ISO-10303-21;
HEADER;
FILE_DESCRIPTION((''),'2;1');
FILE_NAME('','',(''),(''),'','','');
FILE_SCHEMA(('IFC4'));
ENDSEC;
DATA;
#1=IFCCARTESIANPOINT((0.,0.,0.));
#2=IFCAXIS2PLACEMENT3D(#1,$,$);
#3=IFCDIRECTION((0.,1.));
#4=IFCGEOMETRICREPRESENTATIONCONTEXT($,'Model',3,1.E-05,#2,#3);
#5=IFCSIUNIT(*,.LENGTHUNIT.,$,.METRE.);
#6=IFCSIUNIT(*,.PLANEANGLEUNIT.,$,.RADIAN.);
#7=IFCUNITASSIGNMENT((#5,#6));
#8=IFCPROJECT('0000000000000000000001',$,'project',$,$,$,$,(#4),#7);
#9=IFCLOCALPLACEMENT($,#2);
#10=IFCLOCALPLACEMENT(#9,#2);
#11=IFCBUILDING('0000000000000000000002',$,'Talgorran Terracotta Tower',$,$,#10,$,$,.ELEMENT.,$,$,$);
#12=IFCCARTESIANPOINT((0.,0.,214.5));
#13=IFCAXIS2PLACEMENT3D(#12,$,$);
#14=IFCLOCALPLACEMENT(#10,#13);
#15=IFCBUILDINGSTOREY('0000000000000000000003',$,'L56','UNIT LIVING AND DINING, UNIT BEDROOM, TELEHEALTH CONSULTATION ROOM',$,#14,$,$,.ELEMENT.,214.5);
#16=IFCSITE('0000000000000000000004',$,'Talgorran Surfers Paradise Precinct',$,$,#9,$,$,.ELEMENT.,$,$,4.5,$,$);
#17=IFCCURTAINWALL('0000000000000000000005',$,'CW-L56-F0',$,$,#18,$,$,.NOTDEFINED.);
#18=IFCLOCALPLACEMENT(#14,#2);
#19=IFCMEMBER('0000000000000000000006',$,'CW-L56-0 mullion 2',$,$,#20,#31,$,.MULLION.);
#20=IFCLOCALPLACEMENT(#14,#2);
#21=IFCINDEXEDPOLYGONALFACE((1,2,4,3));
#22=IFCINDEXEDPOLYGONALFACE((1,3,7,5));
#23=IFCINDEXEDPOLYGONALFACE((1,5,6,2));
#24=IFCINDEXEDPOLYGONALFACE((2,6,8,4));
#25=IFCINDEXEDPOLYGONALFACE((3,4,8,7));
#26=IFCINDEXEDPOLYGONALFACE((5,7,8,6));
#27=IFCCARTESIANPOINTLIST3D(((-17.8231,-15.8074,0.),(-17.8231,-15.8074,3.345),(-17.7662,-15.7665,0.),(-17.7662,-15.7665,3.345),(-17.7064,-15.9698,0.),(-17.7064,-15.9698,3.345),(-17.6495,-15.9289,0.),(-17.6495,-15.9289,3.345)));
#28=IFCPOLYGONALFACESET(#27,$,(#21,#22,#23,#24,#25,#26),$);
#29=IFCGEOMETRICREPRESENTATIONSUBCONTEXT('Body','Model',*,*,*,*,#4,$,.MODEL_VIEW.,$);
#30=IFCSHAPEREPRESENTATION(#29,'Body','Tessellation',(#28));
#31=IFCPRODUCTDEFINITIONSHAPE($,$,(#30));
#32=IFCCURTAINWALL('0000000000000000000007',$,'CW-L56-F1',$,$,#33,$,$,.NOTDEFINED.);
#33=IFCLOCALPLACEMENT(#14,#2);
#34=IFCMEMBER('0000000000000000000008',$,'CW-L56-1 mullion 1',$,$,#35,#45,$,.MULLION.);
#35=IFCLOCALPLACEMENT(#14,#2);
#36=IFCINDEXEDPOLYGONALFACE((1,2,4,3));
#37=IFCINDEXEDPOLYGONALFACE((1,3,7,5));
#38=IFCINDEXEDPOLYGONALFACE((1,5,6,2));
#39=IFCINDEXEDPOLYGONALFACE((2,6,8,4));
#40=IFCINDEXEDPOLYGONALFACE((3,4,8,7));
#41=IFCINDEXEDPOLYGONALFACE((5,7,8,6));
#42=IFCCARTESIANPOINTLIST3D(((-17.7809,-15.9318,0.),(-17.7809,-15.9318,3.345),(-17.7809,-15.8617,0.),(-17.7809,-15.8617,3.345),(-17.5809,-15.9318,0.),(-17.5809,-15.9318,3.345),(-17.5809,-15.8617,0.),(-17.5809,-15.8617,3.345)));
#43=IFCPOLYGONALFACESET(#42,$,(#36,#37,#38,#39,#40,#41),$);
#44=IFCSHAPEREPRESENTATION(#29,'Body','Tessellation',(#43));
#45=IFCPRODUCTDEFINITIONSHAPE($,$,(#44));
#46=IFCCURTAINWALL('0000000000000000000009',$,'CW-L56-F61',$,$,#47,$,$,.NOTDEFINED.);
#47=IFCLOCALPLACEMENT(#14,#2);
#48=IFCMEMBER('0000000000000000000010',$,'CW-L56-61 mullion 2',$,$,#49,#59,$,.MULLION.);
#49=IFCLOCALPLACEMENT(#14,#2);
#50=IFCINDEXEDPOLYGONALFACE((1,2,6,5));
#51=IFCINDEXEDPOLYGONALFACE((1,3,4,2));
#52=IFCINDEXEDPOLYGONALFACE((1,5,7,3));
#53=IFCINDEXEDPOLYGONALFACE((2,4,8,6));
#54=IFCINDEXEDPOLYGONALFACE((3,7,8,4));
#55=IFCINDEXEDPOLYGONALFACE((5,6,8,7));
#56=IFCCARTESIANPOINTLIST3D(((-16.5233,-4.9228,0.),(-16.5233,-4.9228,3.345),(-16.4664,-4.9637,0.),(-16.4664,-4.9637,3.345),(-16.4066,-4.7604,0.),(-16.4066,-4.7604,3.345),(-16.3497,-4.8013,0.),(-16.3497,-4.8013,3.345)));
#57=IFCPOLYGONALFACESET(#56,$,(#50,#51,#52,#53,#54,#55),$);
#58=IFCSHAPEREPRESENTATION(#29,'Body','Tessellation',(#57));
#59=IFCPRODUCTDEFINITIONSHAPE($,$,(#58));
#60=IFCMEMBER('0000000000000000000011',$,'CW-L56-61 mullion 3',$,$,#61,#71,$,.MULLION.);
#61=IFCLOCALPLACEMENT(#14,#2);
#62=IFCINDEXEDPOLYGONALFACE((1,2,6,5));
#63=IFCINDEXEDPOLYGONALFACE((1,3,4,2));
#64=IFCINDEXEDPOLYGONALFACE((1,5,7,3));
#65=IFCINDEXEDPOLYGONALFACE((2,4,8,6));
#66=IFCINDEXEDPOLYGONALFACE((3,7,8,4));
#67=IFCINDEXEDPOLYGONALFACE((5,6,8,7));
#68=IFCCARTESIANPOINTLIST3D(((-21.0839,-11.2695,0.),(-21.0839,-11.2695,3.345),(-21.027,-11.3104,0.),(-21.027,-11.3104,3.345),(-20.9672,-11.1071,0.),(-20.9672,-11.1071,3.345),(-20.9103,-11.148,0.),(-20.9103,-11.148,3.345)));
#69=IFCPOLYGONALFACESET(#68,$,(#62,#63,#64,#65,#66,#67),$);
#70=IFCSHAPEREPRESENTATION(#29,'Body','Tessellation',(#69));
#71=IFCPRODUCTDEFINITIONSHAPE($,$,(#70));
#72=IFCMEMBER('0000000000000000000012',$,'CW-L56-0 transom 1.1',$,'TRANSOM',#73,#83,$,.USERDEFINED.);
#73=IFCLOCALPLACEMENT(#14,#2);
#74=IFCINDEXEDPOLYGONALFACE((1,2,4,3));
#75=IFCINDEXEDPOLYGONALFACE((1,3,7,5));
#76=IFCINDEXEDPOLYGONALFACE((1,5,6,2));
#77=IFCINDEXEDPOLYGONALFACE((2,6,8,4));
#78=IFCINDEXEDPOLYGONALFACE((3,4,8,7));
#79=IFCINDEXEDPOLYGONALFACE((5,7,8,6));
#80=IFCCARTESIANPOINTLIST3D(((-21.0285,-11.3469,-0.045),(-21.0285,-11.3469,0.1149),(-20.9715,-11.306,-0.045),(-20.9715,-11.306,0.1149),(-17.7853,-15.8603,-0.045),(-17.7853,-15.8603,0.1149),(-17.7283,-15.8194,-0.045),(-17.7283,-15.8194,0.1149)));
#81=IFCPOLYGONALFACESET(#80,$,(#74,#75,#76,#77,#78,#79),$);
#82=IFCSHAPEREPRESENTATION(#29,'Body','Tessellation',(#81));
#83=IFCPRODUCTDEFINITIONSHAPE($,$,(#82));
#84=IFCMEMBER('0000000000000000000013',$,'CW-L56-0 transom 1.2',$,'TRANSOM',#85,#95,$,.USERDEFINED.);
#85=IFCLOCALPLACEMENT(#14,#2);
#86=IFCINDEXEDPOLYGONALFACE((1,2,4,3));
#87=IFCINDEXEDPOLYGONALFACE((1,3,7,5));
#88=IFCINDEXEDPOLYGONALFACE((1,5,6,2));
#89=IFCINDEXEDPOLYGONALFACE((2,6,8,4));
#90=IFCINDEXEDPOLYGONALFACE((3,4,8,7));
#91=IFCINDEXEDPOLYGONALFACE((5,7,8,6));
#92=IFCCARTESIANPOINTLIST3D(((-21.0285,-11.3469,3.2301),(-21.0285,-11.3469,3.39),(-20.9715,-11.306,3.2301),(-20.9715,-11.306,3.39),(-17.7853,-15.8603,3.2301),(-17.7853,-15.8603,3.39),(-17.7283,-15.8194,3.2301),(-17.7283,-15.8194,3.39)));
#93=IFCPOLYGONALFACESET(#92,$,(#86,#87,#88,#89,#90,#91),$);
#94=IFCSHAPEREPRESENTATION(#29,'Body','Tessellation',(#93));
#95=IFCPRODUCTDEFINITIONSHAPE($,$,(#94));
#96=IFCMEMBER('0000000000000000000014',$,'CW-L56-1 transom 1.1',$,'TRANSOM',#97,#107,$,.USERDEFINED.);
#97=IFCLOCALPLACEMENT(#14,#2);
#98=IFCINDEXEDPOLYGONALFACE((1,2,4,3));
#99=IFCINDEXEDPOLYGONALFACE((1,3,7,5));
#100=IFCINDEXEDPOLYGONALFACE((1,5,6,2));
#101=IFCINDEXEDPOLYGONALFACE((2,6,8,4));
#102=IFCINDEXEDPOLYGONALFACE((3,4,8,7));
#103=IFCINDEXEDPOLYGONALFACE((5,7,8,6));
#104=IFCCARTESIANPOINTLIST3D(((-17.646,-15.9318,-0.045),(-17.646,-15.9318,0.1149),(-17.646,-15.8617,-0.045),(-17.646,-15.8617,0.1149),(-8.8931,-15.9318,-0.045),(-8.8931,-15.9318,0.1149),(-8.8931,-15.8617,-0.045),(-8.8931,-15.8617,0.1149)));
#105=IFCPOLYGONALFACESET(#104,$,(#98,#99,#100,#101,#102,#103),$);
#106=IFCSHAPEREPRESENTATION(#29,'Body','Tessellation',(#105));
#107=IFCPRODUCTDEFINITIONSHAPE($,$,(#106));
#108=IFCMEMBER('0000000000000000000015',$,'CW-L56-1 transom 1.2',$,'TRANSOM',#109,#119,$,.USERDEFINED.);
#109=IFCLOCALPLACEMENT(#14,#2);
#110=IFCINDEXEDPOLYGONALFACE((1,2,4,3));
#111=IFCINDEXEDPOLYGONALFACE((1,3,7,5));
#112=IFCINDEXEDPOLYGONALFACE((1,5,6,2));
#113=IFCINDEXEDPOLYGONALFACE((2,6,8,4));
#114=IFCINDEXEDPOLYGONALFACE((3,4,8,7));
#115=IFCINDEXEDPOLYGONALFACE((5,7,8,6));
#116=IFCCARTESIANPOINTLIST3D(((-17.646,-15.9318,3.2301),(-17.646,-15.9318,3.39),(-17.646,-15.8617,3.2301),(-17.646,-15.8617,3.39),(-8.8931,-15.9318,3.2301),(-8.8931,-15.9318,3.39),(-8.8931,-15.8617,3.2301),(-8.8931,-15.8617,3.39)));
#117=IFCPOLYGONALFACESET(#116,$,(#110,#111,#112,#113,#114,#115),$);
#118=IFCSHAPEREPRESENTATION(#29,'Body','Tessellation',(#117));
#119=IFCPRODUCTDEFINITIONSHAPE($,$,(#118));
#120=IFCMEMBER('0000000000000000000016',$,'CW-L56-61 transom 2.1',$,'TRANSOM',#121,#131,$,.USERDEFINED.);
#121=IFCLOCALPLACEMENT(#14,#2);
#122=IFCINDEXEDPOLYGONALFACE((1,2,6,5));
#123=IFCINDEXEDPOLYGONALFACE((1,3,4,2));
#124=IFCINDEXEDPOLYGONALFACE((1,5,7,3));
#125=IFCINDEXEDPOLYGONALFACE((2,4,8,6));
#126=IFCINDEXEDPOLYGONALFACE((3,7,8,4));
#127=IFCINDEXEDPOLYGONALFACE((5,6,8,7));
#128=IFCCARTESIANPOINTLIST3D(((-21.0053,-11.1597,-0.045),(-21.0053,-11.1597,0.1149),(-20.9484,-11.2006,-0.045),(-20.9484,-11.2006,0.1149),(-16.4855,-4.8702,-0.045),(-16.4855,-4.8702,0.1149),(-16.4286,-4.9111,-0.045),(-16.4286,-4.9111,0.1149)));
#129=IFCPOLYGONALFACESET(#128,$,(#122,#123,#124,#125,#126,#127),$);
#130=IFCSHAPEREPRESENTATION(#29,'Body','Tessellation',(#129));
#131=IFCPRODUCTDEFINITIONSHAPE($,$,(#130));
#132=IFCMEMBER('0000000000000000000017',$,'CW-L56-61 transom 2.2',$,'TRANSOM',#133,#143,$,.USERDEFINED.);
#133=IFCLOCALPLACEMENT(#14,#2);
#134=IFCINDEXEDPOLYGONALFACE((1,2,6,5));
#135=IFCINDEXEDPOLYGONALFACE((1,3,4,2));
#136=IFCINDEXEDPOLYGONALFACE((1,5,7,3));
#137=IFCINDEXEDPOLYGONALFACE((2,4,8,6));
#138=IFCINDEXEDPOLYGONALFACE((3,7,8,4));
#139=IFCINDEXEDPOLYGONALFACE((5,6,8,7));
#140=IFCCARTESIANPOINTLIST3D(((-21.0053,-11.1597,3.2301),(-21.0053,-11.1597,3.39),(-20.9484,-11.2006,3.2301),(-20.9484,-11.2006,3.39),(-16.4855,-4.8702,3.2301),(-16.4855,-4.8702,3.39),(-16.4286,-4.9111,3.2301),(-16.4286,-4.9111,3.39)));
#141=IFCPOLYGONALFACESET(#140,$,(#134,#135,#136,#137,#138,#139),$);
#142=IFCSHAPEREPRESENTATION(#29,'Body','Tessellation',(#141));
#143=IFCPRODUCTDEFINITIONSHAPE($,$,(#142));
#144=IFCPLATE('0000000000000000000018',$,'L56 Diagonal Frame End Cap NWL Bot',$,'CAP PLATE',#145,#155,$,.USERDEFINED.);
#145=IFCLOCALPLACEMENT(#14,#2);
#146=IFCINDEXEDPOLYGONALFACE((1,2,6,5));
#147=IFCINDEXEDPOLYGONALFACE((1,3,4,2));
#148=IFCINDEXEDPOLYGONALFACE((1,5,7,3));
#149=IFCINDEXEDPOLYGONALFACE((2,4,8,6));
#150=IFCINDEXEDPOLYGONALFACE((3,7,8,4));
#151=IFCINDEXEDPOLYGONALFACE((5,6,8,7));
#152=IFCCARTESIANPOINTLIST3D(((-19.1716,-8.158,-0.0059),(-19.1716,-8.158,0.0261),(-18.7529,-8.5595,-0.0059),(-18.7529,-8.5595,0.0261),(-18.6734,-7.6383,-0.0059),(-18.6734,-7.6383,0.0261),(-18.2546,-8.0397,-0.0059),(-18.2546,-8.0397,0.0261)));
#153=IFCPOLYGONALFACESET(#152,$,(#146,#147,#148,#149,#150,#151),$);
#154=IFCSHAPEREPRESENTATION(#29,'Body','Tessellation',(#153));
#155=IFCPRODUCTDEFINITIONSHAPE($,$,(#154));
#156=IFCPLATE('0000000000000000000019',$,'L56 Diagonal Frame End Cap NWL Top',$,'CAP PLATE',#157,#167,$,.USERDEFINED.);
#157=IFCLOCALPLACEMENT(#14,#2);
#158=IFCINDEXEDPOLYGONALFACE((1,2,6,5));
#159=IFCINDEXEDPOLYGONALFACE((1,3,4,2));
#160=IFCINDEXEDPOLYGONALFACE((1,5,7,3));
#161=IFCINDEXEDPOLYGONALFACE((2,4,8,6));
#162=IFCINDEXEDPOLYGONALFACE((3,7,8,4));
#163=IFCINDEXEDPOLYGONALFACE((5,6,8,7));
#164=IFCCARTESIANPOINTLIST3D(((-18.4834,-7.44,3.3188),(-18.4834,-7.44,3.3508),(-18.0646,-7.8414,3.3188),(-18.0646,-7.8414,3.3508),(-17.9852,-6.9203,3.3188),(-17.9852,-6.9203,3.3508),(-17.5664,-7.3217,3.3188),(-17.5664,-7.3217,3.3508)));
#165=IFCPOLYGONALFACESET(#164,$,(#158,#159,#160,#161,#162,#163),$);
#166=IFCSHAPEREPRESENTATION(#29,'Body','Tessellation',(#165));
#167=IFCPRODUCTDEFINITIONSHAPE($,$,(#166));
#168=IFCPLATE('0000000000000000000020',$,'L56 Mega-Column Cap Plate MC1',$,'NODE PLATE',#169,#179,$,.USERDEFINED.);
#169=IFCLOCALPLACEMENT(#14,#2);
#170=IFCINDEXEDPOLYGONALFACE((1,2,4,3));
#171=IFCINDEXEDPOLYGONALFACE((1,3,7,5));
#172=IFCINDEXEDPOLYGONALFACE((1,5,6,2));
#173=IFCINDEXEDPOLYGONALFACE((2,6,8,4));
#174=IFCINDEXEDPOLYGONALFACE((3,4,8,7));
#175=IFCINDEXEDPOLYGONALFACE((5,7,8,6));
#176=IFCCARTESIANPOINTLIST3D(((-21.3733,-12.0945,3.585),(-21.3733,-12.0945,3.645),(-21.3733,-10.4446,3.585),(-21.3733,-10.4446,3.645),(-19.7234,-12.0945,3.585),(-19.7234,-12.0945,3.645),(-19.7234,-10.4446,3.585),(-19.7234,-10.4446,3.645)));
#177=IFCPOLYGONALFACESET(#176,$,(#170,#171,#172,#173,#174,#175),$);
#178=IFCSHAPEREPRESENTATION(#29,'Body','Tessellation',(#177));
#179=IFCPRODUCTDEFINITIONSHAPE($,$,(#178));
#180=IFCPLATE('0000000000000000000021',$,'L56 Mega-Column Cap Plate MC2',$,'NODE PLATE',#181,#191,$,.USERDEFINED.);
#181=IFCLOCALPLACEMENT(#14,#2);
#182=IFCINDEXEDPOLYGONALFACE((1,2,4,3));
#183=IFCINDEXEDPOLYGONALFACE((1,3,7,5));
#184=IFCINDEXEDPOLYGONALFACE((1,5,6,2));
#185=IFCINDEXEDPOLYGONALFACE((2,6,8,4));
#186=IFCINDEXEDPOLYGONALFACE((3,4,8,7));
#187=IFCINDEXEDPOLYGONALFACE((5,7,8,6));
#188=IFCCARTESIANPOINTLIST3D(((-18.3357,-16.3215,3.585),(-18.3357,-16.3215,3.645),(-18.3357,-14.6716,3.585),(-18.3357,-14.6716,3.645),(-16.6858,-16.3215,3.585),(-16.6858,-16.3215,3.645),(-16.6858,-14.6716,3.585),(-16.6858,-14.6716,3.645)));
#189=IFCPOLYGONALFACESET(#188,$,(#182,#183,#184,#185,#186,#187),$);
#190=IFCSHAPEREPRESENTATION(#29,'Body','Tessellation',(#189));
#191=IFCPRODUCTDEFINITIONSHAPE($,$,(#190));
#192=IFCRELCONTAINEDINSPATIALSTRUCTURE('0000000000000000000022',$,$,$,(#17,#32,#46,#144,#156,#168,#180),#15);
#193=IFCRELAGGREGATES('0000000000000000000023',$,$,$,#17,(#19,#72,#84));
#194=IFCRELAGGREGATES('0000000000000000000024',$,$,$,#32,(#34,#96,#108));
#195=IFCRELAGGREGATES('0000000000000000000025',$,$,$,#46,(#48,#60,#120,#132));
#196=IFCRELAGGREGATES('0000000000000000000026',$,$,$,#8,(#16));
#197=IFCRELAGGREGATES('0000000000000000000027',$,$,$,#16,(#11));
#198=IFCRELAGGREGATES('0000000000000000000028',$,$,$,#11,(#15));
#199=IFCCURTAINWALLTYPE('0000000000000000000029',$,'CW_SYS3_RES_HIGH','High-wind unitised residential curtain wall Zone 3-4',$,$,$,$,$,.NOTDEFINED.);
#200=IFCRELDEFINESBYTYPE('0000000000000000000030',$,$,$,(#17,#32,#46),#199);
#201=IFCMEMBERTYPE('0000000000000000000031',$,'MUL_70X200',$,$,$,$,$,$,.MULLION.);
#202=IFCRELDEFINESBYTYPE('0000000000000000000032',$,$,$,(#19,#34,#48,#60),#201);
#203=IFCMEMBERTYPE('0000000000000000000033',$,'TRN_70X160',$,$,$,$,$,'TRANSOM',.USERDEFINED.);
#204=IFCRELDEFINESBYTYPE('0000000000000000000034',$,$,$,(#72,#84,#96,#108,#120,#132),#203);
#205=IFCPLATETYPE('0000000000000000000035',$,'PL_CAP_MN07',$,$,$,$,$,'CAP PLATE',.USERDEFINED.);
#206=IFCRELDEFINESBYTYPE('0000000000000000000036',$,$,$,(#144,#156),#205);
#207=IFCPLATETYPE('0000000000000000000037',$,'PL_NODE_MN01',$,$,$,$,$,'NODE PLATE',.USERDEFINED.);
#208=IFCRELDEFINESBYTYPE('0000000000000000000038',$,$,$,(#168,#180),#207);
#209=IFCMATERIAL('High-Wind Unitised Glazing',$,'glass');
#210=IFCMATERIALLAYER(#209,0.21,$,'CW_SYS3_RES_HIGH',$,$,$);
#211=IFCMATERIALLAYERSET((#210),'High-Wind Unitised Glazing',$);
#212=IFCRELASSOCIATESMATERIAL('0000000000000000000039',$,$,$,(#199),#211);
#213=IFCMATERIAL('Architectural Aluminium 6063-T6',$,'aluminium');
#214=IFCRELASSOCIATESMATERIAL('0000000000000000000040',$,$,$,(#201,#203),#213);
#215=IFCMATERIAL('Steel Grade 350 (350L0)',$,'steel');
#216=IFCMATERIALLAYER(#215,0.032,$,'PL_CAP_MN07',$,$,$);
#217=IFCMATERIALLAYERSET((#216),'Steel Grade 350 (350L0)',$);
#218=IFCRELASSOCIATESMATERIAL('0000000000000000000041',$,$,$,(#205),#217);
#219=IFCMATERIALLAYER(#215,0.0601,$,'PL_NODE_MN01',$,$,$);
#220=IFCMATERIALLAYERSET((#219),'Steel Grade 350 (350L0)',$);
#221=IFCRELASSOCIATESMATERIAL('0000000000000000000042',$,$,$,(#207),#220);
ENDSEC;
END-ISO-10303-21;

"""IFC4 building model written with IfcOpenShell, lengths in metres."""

from ifc_helpers import new_model, si_unit, direction, frame, origin, origin_2d, place, context, subcontext, project, spatial, rectangle, extrude, material, layer, layer_set, material_profile, profile_set, type_object, element, aggregate, save


model = new_model("IFC4")

# Units and contexts
model_context = context("Model", 3, precision=1e-05, world=origin(), true_north=direction((0.0, 1.0)))
body_context = subcontext(model_context, "Body", "Model", "MODEL_VIEW")
ifc_project = project(units=[si_unit("LENGTHUNIT", "METRE"), si_unit("PLANEANGLEUNIT", "RADIAN")], contexts=[model_context])

# Site, building, storey
site_placement = place(None, origin())
site = spatial("IfcSite", under=ifc_project, at=site_placement, Name="Talgorran Surfers Paradise Precinct", CompositionType="ELEMENT", RefElevation=4.5)
building_placement = place(site_placement, origin())
building = spatial("IfcBuilding", under=site, at=building_placement, Name="Talgorran Terracotta Tower", CompositionType="ELEMENT")
storey_placement = place(building_placement, frame((0.0, 0.0, 214.5)))
storey = spatial("IfcBuildingStorey", under=building, at=storey_placement, Name="L56", Description="UNIT LIVING AND DINING, UNIT BEDROOM, TELEHEALTH CONSULTATION ROOM", CompositionType="ELEMENT", Elevation=214.5)

# Shared definitions
ifc_material_1 = material(Name="Steel Grade 350 (350L0)", Category="steel")

# Curtain wall, member
ifc_material_2 = material(Name="High-Wind Unitised Glazing", Category="glass")
ifc_layer_1 = layer(ifc_material_2, 0.21, Name="CW_SYS3_RES_HIGH")
ifc_layer_set_1 = layer_set([ifc_layer_1], Name="High-Wind Unitised Glazing")
curtain_wall_type = type_object("IfcCurtainWallType", Name="CW_SYS3_RES_HIGH", Description="High-wind unitised residential curtain wall Zone 3-4", PredefinedType="NOTDEFINED", material=ifc_layer_set_1)
curtain_wall_1_placement = place(storey_placement, origin())
curtain_wall_1 = element("IfcCurtainWall", 1, at=curtain_wall_1_placement, inside=storey, type_object=curtain_wall_type, Name="CW-L56-F0", PredefinedType="NOTDEFINED")
ifc_material_3 = material(Name="Architectural Aluminium 6063-T6", Category="aluminium")
ifc_material_profile_1 = material_profile(ifc_material_3, rectangle(XDim=0.0701, YDim=0.2, at=origin_2d()), Name="CWM70X200")
ifc_profile_set_1 = profile_set([ifc_material_profile_1], Name="Architectural Aluminium 6063-T6")
member_type_1 = type_object("IfcMemberType", Name="MUL_70X200", PredefinedType="MULLION", material=ifc_profile_set_1)
member_1_placement = place(storey_placement, frame((-17.7363, -15.8682, 0.0), z_axis=(0.0, 0.0, 1.0), x_axis=(0.812076, 0.583552, 0.0)))
member_1 = element("IfcMember", 2, at=member_1_placement, type_object=member_type_1, Name="CW-L56-0 mullion 2", PredefinedType="MULLION", context=body_context, shape_type="SweptSolid", body=[
    extrude(rectangle(XDim=0.0701, YDim=0.2, at=origin_2d()), origin(), (0.0, 0.0, 1.0), 3.345),
])

# Curtain wall, member
curtain_wall_2_placement = place(storey_placement, origin())
curtain_wall_2 = element("IfcCurtainWall", 3, at=curtain_wall_2_placement, inside=storey, type_object=curtain_wall_type, Name="CW-L56-F1", PredefinedType="NOTDEFINED")
member_2_placement = place(storey_placement, frame((-17.6809, -15.8967, 0.0), z_axis=(0.0, 0.0, 1.0), x_axis=(0.0, 1.0, 0.0)))
member_2 = element("IfcMember", 4, at=member_2_placement, type_object=member_type_1, Name="CW-L56-1 mullion 1", PredefinedType="MULLION", context=body_context, shape_type="SweptSolid", body=[
    extrude(rectangle(XDim=0.0701, YDim=0.2, at=origin_2d()), origin(), (0.0, 0.0, 1.0), 3.345),
])

# Curtain wall, members
curtain_wall_3_placement = place(storey_placement, origin())
curtain_wall_3 = element("IfcCurtainWall", 5, at=curtain_wall_3_placement, inside=storey, type_object=curtain_wall_type, Name="CW-L56-F61", PredefinedType="NOTDEFINED")
member_3_placement = place(storey_placement, frame((-16.4365, -4.8621, 0.0), z_axis=(0.0, 0.0, 1.0), x_axis=(0.812075, -0.583552, 0.0)))
member_3 = element("IfcMember", 6, at=member_3_placement, type_object=member_type_1, Name="CW-L56-61 mullion 2", PredefinedType="MULLION", context=body_context, shape_type="SweptSolid", body=[
    extrude(rectangle(XDim=0.0701, YDim=0.2, at=origin_2d()), origin(), (0.0, 0.0, 1.0), 3.345),
])
member_4_placement = place(storey_placement, frame((-20.9971, -11.2087, 0.0), z_axis=(0.0, 0.0, 1.0), x_axis=(0.812075, -0.583552, 0.0)))
member_4 = element("IfcMember", 7, at=member_4_placement, type_object=member_type_1, Name="CW-L56-61 mullion 3", PredefinedType="MULLION", context=body_context, shape_type="SweptSolid", body=[
    extrude(rectangle(XDim=0.0701, YDim=0.2, at=origin_2d()), origin(), (0.0, 0.0, 1.0), 3.345),
])

# Members
ifc_material_profile_2 = material_profile(ifc_material_3, rectangle(XDim=0.0701, YDim=0.1599, at=origin_2d()), Name="CWT70X160")
ifc_profile_set_2 = profile_set([ifc_material_profile_2], Name="Architectural Aluminium 6063-T6")
member_type_2 = type_object("IfcMemberType", Name="TRN_70X160", ElementType="TRANSOM", PredefinedType="USERDEFINED", material=ifc_profile_set_2)
member_5_placement = place(storey_placement, frame((-21.0, -11.3264, 0.0349), z_axis=(0.583534, -0.812089, 0.0), x_axis=(0.812089, 0.583534, 0.0)))
member_5 = element("IfcMember", 8, at=member_5_placement, type_object=member_type_2, Name="CW-L56-0 transom 1.1", ObjectType="TRANSOM", PredefinedType="USERDEFINED", context=body_context, shape_type="SweptSolid", body=[
    extrude(rectangle(XDim=0.0701, YDim=0.1599, at=origin_2d()), origin(), (0.0, 0.0, 1.0), 5.5579),
])
member_6_placement = place(storey_placement, frame((-21.0, -11.3264, 3.3101), z_axis=(0.583534, -0.812089, 0.0), x_axis=(0.812089, 0.583534, 0.0)))
member_6 = element("IfcMember", 9, at=member_6_placement, type_object=member_type_2, Name="CW-L56-0 transom 1.2", ObjectType="TRANSOM", PredefinedType="USERDEFINED", context=body_context, shape_type="SweptSolid", body=[
    extrude(rectangle(XDim=0.0701, YDim=0.1599, at=origin_2d()), origin(), (0.0, 0.0, 1.0), 5.5579),
])
member_7_placement = place(storey_placement, frame((-17.646, -15.8967, 0.0349), z_axis=(1.0, 0.0, 0.0), x_axis=(0.0, 1.0, 0.0)))
member_7 = element("IfcMember", 10, at=member_7_placement, type_object=member_type_2, Name="CW-L56-1 transom 1.1", ObjectType="TRANSOM", PredefinedType="USERDEFINED", context=body_context, shape_type="SweptSolid", body=[
    extrude(rectangle(XDim=0.0701, YDim=0.1599, at=origin_2d()), origin(), (0.0, 0.0, 1.0), 8.7529),
])
member_8_placement = place(storey_placement, frame((-17.646, -15.8967, 3.3101), z_axis=(1.0, 0.0, 0.0), x_axis=(0.0, 1.0, 0.0)))
member_8 = element("IfcMember", 11, at=member_8_placement, type_object=member_type_2, Name="CW-L56-1 transom 1.2", ObjectType="TRANSOM", PredefinedType="USERDEFINED", context=body_context, shape_type="SweptSolid", body=[
    extrude(rectangle(XDim=0.0701, YDim=0.1599, at=origin_2d()), origin(), (0.0, 0.0, 1.0), 8.7529),
])
member_9_placement = place(storey_placement, frame((-16.457, -4.8906, 0.0349), z_axis=(-0.583565, -0.812067, 0.0), x_axis=(0.812067, -0.583565, 0.0)))
member_9 = element("IfcMember", 12, at=member_9_placement, type_object=member_type_2, Name="CW-L56-61 transom 2.1", ObjectType="TRANSOM", PredefinedType="USERDEFINED", context=body_context, shape_type="SweptSolid", body=[
    extrude(rectangle(XDim=0.0701, YDim=0.1599, at=origin_2d()), origin(), (0.0, 0.0, 1.0), 7.7451),
])
member_10_placement = place(storey_placement, frame((-16.457, -4.8906, 3.3101), z_axis=(-0.583565, -0.812067, 0.0), x_axis=(0.812067, -0.583565, 0.0)))
member_10 = element("IfcMember", 13, at=member_10_placement, type_object=member_type_2, Name="CW-L56-61 transom 2.2", ObjectType="TRANSOM", PredefinedType="USERDEFINED", context=body_context, shape_type="SweptSolid", body=[
    extrude(rectangle(XDim=0.0701, YDim=0.1599, at=origin_2d()), origin(), (0.0, 0.0, 1.0), 7.7451),
])

# Plates
ifc_layer_2 = layer(ifc_material_1, 0.032, Name="PL_CAP_MN07")
ifc_layer_set_2 = layer_set([ifc_layer_2], Name="Steel Grade 350 (350L0)")
plate_type_1 = type_object("IfcPlateType", Name="PL_CAP_MN07", ElementType="CAP PLATE", PredefinedType="USERDEFINED", material=ifc_layer_set_2)
for number, where, z_axis, x_axis, name in (
    (14, (-18.7131, -8.0989, -0.0059), (0.0, 0.0, 1.0), (0.692017, 0.721881, 0.0), "L56 Diagonal Frame End Cap NWL Bot"),
    (15, (-18.0249, -7.3809, 3.3188), (0.0, 0.0, 1.0), (0.692017, 0.721881, 0.0), "L56 Diagonal Frame End Cap NWL Top"),
):
    element("IfcPlate", number, at=place(storey_placement, frame(where, z_axis=z_axis, x_axis=x_axis)), inside=storey, type_object=plate_type_1, Name=name, ObjectType="CAP PLATE", PredefinedType="USERDEFINED", context=body_context, shape_type="SweptSolid", body=[
        extrude(rectangle(XDim=0.72, YDim=0.5801, at=origin_2d()), origin(), (0.0, 0.0, 1.0), 0.032),
    ])
ifc_layer_3 = layer(ifc_material_1, 0.0601, Name="PL_NODE_MN01")
ifc_layer_set_3 = layer_set([ifc_layer_3], Name="Steel Grade 350 (350L0)")
plate_type_2 = type_object("IfcPlateType", Name="PL_NODE_MN01", ElementType="NODE PLATE", PredefinedType="USERDEFINED", material=ifc_layer_set_3)
for number, where, z_axis, x_axis, name in (
    (16, (-20.5483, -11.2695, 3.585), (0.0, 0.0, 1.0), (1.0, 0.0, 0.0), "L56 Mega-Column Cap Plate MC1"),
    (17, (-17.5107, -15.4966, 3.585), (0.0, 0.0, 1.0), (1.0, 0.0, 0.0), "L56 Mega-Column Cap Plate MC2"),
):
    element("IfcPlate", number, at=place(storey_placement, frame(where, z_axis=z_axis, x_axis=x_axis)), inside=storey, type_object=plate_type_2, Name=name, ObjectType="NODE PLATE", PredefinedType="USERDEFINED", context=body_context, shape_type="SweptSolid", body=[
        extrude(rectangle(XDim=1.6499, YDim=1.6499, at=origin_2d()), origin(), (0.0, 0.0, 1.0), 0.0601),
    ])

aggregate(curtain_wall_1, [member_1, member_5, member_6])
aggregate(curtain_wall_2, [member_2, member_7, member_8])
aggregate(curtain_wall_3, [member_3, member_4, member_9, member_10])

save(model, "model.ifc")
